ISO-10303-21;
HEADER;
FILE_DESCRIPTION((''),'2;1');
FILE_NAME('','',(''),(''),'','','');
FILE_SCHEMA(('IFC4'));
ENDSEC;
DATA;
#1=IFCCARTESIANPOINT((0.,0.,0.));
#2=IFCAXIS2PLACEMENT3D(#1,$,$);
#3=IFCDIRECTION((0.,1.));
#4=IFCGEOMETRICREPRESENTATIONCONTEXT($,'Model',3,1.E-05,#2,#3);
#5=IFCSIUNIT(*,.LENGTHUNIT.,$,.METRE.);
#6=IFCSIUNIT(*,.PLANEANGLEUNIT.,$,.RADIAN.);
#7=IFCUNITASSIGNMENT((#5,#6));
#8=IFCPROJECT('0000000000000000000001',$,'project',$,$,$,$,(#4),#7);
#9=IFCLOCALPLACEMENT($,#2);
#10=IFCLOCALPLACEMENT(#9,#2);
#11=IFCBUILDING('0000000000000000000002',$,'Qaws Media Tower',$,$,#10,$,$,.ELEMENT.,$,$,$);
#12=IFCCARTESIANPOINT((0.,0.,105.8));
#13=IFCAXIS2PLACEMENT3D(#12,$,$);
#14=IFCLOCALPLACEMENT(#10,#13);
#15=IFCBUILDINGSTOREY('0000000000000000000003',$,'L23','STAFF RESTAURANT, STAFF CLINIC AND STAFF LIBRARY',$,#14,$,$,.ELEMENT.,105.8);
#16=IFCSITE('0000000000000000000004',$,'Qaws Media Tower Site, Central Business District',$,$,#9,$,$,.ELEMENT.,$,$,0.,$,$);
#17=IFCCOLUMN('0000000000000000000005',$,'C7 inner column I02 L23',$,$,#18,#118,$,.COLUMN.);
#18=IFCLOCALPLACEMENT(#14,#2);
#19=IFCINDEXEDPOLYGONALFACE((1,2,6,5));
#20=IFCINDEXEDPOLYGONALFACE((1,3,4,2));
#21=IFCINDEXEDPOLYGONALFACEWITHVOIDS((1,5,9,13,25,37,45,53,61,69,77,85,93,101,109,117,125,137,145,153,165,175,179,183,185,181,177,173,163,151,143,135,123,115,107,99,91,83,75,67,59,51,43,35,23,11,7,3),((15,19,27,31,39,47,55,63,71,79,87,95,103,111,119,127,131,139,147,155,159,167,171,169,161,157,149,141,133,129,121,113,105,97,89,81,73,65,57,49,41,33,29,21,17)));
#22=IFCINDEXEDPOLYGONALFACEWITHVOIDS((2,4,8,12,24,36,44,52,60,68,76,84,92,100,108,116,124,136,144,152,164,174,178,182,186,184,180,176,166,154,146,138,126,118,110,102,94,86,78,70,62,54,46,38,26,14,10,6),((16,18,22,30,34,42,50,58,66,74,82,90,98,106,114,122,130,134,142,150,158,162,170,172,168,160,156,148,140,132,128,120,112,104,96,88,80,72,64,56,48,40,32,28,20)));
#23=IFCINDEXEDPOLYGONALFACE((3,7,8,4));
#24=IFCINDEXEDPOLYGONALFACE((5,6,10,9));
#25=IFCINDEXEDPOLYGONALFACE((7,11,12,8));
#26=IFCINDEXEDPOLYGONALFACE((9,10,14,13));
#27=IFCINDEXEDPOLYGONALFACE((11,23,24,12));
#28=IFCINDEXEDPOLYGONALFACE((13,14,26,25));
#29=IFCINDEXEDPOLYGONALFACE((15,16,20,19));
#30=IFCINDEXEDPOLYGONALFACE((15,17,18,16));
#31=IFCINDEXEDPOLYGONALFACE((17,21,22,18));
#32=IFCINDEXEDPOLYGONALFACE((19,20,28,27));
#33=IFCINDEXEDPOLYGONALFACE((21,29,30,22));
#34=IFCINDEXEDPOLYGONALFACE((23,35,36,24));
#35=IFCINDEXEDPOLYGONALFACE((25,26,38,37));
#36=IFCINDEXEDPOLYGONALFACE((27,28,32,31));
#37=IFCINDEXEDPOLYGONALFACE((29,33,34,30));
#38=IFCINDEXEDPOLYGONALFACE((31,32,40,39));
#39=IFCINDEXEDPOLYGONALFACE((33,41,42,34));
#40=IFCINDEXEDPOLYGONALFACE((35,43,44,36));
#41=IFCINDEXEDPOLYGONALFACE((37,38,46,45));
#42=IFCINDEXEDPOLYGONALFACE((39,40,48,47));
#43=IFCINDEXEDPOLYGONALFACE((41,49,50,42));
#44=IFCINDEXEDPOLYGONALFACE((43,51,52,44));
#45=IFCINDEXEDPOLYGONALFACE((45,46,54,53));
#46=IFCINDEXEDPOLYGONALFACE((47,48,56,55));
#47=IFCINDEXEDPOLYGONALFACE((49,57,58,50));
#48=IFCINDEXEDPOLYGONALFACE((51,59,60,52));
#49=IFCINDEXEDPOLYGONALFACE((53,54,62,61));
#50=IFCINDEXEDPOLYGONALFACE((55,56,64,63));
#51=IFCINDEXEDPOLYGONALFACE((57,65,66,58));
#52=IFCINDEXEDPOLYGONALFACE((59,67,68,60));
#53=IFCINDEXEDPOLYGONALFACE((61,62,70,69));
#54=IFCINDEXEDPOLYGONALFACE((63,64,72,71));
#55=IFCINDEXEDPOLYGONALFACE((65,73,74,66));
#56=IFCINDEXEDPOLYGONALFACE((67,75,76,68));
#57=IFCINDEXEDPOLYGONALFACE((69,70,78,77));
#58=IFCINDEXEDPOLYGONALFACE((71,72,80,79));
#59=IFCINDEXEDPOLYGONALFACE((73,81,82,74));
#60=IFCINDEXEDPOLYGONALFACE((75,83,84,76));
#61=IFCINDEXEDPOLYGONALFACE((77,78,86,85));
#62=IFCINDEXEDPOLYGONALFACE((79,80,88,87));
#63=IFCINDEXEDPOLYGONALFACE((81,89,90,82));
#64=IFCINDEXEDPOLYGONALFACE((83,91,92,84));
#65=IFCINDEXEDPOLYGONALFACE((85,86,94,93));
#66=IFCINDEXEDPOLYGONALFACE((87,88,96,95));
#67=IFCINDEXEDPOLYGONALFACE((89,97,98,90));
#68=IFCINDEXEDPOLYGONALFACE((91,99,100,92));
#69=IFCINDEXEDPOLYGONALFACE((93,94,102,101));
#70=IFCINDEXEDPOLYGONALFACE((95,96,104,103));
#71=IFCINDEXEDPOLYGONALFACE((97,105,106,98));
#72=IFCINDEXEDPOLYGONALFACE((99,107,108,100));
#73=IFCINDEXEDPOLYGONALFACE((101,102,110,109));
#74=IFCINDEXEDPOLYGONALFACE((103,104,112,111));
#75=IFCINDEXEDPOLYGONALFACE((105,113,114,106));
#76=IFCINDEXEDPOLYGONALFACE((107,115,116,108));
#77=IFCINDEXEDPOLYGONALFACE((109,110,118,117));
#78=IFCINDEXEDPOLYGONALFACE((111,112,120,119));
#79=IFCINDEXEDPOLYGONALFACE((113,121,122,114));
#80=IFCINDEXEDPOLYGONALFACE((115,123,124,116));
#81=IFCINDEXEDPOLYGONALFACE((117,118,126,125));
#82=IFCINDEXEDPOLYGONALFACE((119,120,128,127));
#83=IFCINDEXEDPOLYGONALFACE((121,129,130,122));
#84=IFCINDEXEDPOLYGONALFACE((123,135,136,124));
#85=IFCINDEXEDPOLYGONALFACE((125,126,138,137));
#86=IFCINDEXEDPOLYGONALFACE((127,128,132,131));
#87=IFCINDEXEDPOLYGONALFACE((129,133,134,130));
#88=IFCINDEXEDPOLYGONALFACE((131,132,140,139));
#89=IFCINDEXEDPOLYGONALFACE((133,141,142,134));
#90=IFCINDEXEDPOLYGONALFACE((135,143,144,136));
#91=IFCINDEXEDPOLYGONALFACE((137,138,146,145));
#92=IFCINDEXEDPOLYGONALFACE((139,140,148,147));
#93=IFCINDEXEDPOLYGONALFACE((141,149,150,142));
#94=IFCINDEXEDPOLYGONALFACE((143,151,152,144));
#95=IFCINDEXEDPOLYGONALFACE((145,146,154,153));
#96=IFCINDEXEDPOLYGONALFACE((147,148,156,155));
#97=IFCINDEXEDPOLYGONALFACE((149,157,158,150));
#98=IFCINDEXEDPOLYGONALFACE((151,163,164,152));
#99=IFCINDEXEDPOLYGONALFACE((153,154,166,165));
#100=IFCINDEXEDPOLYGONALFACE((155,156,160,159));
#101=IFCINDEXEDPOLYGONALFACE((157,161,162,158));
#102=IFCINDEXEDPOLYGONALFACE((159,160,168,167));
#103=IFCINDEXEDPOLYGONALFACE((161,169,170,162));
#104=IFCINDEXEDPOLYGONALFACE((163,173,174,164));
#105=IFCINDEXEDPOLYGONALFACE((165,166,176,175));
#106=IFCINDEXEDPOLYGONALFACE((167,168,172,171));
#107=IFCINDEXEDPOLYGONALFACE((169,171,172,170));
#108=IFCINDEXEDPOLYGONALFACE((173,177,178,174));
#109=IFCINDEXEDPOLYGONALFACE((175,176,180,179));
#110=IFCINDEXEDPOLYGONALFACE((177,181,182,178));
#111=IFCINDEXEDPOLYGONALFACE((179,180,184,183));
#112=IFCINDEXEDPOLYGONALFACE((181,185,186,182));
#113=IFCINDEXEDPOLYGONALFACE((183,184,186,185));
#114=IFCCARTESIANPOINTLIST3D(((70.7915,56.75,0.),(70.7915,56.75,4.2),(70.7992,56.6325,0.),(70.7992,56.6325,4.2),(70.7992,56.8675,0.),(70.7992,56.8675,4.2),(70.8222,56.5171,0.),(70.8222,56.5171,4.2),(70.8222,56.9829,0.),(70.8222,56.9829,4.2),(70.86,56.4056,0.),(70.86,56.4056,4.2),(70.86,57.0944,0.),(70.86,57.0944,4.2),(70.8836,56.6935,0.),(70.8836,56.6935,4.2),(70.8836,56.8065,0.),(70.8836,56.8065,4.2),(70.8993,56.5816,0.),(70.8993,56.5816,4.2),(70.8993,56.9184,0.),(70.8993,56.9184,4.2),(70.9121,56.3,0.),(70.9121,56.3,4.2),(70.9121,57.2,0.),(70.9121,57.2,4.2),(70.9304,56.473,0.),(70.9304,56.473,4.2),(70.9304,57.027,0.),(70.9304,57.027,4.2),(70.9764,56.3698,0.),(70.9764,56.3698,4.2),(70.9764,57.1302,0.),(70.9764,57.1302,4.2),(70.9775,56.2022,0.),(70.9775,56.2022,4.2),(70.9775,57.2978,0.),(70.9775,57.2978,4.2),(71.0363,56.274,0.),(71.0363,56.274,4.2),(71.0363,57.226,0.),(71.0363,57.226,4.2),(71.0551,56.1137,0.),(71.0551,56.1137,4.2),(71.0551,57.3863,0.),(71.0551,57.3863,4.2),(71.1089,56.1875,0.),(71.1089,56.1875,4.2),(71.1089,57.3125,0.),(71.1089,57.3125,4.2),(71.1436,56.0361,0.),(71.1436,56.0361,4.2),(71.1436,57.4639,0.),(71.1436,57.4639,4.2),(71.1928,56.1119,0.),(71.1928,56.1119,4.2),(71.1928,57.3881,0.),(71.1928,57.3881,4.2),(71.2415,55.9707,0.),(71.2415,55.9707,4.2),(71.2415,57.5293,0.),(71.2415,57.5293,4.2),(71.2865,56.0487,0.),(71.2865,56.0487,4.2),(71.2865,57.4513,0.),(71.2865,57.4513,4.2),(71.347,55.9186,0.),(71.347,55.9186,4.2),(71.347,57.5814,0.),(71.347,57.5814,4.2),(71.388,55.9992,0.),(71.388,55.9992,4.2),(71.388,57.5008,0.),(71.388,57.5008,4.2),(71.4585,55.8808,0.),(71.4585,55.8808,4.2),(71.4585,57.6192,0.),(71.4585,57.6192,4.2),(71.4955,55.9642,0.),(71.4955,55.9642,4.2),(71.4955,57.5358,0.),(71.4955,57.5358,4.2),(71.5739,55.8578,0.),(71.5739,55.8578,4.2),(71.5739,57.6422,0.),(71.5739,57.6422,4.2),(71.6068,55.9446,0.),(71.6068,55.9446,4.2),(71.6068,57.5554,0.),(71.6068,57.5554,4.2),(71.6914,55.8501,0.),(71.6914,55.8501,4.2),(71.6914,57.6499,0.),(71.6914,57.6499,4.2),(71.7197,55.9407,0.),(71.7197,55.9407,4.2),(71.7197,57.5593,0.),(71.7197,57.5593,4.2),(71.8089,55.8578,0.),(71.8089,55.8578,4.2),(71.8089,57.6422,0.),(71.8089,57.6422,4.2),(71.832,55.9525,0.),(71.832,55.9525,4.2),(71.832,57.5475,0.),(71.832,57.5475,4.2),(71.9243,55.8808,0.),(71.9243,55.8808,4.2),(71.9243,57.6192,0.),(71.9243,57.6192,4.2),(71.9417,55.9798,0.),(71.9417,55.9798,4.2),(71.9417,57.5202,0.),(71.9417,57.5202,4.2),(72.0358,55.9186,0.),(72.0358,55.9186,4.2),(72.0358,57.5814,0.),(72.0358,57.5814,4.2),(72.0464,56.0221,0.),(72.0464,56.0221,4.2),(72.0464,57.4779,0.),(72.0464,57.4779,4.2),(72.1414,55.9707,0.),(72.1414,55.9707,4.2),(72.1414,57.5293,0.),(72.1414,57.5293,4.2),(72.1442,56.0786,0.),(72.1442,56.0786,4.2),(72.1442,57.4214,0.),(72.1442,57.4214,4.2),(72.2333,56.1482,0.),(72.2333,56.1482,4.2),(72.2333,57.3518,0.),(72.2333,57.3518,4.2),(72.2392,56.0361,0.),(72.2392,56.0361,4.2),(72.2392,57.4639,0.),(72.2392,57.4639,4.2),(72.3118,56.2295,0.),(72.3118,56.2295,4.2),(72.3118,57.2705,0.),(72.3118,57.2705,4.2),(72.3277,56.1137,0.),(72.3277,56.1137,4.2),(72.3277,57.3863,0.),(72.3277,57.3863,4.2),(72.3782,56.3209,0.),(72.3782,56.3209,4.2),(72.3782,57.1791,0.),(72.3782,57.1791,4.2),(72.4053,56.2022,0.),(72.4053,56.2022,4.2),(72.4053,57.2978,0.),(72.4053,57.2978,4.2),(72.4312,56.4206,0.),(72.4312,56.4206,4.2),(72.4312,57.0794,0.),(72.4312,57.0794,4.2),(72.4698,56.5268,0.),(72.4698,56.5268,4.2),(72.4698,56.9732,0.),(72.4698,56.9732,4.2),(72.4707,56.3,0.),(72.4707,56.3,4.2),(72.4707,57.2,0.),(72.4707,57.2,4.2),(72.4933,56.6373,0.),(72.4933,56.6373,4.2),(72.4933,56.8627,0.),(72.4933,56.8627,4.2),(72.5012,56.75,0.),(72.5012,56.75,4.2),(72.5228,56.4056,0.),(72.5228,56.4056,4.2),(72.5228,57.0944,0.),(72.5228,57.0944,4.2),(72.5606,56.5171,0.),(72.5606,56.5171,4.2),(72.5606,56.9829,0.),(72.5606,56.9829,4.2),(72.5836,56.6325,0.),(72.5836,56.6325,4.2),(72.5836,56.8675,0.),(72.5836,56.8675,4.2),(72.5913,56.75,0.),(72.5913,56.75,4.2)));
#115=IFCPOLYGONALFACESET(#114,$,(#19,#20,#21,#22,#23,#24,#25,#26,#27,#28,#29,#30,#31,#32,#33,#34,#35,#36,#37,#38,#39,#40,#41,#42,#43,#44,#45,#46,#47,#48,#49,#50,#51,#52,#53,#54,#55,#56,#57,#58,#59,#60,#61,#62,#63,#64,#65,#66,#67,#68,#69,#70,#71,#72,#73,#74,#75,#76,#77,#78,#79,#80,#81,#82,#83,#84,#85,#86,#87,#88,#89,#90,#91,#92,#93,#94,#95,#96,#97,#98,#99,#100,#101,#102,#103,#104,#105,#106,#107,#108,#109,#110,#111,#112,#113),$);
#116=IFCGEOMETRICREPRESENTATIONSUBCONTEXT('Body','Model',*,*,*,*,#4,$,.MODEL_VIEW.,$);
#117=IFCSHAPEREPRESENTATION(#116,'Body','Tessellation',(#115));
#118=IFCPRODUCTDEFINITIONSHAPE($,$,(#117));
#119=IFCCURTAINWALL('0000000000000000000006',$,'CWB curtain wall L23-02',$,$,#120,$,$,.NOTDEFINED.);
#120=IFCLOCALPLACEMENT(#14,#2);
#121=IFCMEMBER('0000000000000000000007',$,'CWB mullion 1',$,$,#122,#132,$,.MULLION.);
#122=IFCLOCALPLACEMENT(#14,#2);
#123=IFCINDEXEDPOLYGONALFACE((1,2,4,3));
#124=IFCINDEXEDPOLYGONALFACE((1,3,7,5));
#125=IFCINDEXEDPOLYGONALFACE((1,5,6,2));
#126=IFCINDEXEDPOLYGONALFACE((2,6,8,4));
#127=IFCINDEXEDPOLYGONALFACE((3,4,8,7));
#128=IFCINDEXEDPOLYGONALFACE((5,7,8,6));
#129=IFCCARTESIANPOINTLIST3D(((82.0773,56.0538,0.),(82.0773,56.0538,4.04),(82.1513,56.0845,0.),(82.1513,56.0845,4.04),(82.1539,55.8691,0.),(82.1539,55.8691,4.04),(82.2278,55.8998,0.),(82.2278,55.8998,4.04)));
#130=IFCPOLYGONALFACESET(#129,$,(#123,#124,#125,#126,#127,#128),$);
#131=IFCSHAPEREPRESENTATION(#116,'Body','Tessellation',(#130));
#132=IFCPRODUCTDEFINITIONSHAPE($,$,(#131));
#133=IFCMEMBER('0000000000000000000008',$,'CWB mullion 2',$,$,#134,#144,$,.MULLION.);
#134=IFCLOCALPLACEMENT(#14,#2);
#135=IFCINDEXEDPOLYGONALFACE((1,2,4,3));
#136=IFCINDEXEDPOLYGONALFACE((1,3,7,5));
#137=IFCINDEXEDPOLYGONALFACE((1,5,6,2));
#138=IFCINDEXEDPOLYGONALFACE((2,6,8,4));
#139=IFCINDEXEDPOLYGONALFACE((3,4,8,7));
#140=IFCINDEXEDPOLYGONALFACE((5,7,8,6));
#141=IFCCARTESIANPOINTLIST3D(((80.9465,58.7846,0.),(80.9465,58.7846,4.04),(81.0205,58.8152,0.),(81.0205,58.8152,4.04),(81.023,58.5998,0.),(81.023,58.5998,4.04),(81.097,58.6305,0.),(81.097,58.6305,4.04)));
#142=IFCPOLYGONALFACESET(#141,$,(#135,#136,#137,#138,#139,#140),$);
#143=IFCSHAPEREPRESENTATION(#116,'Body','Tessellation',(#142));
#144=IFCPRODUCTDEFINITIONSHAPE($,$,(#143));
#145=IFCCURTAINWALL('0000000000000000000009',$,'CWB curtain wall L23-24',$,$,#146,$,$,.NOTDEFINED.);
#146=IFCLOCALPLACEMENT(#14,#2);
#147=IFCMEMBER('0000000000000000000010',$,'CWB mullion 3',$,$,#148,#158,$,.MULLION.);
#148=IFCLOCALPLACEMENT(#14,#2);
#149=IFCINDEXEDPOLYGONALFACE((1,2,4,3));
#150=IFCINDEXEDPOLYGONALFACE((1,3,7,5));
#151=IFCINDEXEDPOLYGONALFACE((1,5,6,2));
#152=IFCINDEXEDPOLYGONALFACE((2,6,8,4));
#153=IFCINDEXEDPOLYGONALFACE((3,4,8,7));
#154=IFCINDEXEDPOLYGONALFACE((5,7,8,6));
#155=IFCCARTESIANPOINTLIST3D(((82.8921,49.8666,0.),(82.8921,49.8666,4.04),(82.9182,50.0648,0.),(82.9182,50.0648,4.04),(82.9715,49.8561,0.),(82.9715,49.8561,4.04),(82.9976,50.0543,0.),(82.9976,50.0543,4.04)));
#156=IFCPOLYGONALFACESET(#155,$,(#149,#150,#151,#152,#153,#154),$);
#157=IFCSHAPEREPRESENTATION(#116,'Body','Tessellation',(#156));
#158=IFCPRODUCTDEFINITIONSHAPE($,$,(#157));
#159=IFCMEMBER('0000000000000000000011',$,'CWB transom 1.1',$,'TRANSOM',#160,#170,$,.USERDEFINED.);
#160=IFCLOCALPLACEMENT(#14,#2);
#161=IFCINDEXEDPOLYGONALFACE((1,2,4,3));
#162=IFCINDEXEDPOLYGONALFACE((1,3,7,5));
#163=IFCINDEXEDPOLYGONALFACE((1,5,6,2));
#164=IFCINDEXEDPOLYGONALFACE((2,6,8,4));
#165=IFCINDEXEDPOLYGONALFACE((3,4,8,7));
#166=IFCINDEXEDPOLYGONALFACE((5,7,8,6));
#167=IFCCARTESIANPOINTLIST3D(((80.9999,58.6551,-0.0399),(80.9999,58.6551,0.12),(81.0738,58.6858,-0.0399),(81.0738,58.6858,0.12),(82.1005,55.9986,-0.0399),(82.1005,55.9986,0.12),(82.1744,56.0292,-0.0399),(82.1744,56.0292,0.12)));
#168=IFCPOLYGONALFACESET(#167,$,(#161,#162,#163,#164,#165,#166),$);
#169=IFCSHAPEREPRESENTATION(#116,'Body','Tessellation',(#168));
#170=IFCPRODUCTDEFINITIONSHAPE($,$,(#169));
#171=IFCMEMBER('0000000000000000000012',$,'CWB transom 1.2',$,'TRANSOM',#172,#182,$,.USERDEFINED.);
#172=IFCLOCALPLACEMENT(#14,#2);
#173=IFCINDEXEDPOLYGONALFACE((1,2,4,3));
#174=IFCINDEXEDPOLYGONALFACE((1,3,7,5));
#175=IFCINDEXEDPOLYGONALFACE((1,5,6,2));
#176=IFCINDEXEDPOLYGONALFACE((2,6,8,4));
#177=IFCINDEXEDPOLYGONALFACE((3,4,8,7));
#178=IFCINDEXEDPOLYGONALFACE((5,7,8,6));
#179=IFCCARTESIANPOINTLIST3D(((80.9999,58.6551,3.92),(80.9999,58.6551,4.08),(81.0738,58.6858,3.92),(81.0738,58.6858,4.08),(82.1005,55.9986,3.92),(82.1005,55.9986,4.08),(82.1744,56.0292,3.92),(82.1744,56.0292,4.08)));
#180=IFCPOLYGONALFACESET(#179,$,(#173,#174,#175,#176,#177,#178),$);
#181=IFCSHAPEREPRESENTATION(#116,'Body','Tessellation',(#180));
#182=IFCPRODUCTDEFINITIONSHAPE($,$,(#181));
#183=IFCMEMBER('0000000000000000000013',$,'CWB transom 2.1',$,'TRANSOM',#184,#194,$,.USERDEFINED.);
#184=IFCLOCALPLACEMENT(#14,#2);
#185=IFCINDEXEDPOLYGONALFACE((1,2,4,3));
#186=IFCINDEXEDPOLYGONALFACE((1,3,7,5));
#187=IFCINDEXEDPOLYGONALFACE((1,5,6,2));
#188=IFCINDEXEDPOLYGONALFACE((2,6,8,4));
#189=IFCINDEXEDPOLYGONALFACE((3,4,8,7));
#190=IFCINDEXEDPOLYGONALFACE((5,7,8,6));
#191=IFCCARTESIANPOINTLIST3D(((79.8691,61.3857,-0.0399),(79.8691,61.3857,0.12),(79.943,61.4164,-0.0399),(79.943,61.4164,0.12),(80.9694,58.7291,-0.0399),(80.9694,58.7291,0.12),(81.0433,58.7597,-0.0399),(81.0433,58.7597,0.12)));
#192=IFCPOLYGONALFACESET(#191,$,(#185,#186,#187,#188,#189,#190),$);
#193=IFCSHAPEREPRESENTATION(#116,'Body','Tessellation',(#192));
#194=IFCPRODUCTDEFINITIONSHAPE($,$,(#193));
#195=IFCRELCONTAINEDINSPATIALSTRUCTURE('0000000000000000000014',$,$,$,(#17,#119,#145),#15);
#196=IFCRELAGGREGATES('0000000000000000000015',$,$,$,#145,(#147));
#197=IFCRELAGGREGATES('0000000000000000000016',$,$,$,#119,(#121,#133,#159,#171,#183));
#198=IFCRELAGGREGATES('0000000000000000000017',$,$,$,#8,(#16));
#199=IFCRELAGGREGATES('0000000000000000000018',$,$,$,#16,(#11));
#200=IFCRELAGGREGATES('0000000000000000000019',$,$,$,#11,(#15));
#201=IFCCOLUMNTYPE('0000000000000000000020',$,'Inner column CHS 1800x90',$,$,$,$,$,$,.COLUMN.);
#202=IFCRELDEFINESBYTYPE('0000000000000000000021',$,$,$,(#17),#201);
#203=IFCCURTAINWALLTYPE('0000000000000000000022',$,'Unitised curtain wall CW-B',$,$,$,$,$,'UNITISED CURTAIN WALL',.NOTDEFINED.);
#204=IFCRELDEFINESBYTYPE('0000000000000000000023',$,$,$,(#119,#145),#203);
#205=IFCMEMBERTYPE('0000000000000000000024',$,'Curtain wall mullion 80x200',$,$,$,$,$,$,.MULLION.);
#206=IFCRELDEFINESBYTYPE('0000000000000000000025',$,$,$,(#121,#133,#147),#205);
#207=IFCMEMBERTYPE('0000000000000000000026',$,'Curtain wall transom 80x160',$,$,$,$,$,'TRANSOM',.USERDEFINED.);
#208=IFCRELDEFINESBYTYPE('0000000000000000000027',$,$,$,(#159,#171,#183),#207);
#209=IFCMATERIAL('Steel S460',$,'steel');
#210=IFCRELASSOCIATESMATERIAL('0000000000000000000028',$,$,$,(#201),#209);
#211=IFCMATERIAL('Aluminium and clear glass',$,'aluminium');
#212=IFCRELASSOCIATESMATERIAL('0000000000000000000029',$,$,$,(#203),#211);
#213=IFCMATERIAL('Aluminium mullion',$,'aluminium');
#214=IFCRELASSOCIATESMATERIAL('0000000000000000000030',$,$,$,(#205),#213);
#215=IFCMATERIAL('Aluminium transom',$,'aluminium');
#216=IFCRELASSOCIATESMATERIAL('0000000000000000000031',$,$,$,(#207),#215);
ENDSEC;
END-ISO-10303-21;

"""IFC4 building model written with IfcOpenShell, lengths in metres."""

from ifc_helpers import new_model, si_unit, direction, frame, origin, origin_2d, place, context, subcontext, project, spatial, rectangle, hollow_circle, extrude, material, material_profile, profile_set, type_object, element, aggregate, save


model = new_model("IFC4")

# Units and contexts
model_context = context("Model", 3, precision=1e-05, world=origin(), true_north=direction((0.0, 1.0)))
body_context = subcontext(model_context, "Body", "Model", "MODEL_VIEW")
ifc_project = project(units=[si_unit("LENGTHUNIT", "METRE"), si_unit("PLANEANGLEUNIT", "RADIAN")], contexts=[model_context])

# Site, building, storey
site_placement = place(None, origin())
site = spatial("IfcSite", under=ifc_project, at=site_placement, Name="Qaws Media Tower Site, Central Business District", CompositionType="ELEMENT", RefElevation=0.0)
building_placement = place(site_placement, origin())
building = spatial("IfcBuilding", under=site, at=building_placement, Name="Qaws Media Tower", CompositionType="ELEMENT")
storey_placement = place(building_placement, frame((0.0, 0.0, 105.8)))
storey = spatial("IfcBuildingStorey", under=building, at=storey_placement, Name="L23", Description="STAFF RESTAURANT, STAFF CLINIC AND STAFF LIBRARY", CompositionType="ELEMENT", Elevation=105.8)

# Column
ifc_material_1 = material(Name="Steel S460", Category="steel")
ifc_material_profile_1 = material_profile(ifc_material_1, hollow_circle(Radius=0.8999, WallThickness=0.0901, at=origin_2d()), Name="CHS 1800x90")
ifc_profile_set_1 = profile_set([ifc_material_profile_1], Name="Steel S460")
column_type = type_object("IfcColumnType", Name="Inner column CHS 1800x90", PredefinedType="COLUMN", material=ifc_profile_set_1)
for number, where, z_axis, x_axis, name in (
    (1, (71.6914, 56.75, 0.0), (0.0, 0.0, 1.0), (1.0, 0.0, 0.0), "C7 inner column I02 L23"),
):
    element("IfcColumn", number, at=place(storey_placement, frame(where, z_axis=z_axis, x_axis=x_axis)), inside=storey, type_object=column_type, Name=name, PredefinedType="COLUMN", context=body_context, shape_type="SweptSolid", body=[
        extrude(hollow_circle(Radius=0.8999, WallThickness=0.0901, at=origin_2d()), origin(), (0.0, 0.0, 1.0), 4.2),
    ])

# Curtain wall, members
ifc_material_2 = material(Name="Aluminium and clear glass", Category="aluminium")
curtain_wall_type = type_object("IfcCurtainWallType", Name="Unitised curtain wall CW-B", ElementType="UNITISED CURTAIN WALL", PredefinedType="NOTDEFINED", material=ifc_material_2)
curtain_wall_1_placement = place(storey_placement, origin())
curtain_wall_1 = element("IfcCurtainWall", 2, at=curtain_wall_1_placement, inside=storey, type_object=curtain_wall_type, Name="CWB curtain wall L23-02", PredefinedType="NOTDEFINED")
ifc_material_3 = material(Name="Aluminium mullion", Category="aluminium")
ifc_material_profile_2 = material_profile(ifc_material_3, rectangle(XDim=0.0801, YDim=0.2, at=origin_2d()), Name="80x200")
ifc_profile_set_2 = profile_set([ifc_material_profile_2], Name="Aluminium mullion")
member_type_1 = type_object("IfcMemberType", Name="Curtain wall mullion 80x200", PredefinedType="MULLION", material=ifc_profile_set_2)
member_1_placement = place(storey_placement, frame((82.1526, 55.9768, 0.0), z_axis=(0.0, 0.0, 1.0), x_axis=(-0.92388, -0.382683, 0.0)))
member_1 = element("IfcMember", 3, at=member_1_placement, type_object=member_type_1, Name="CWB mullion 1", PredefinedType="MULLION", context=body_context, shape_type="SweptSolid", body=[
    extrude(rectangle(XDim=0.0801, YDim=0.2, at=origin_2d()), origin(), (0.0, 0.0, 1.0), 4.04),
])
member_2_placement = place(storey_placement, frame((81.0217, 58.7075, 0.0), z_axis=(0.0, 0.0, 1.0), x_axis=(-0.92388, -0.382683, 0.0)))
member_2 = element("IfcMember", 4, at=member_2_placement, type_object=member_type_1, Name="CWB mullion 2", PredefinedType="MULLION", context=body_context, shape_type="SweptSolid", body=[
    extrude(rectangle(XDim=0.0801, YDim=0.2, at=origin_2d()), origin(), (0.0, 0.0, 1.0), 4.04),
])

# Curtain wall, member
curtain_wall_2_placement = place(storey_placement, origin())
curtain_wall_2 = element("IfcCurtainWall", 5, at=curtain_wall_2_placement, inside=storey, type_object=curtain_wall_type, Name="CWB curtain wall L23-24", PredefinedType="NOTDEFINED")
member_3_placement = place(storey_placement, frame((82.9448, 49.9604, 0.0), z_axis=(0.0, 0.0, 1.0), x_axis=(-0.991445, 0.130526, 0.0)))
member_3 = element("IfcMember", 6, at=member_3_placement, type_object=member_type_1, Name="CWB mullion 3", PredefinedType="MULLION", context=body_context, shape_type="SweptSolid", body=[
    extrude(rectangle(XDim=0.0801, YDim=0.2, at=origin_2d()), origin(), (0.0, 0.0, 1.0), 4.04),
])
aggregate(curtain_wall_2, [member_3])

# Members
ifc_material_4 = material(Name="Aluminium transom", Category="aluminium")
ifc_material_profile_3 = material_profile(ifc_material_4, rectangle(XDim=0.0801, YDim=0.1599, at=origin_2d()), Name="80x160")
ifc_profile_set_3 = profile_set([ifc_material_profile_3], Name="Aluminium transom")
member_type_2 = type_object("IfcMemberType", Name="Curtain wall transom 80x160", ElementType="TRANSOM", PredefinedType="USERDEFINED", material=ifc_profile_set_3)
member_4_placement = place(storey_placement, frame((82.1375, 56.0139, 0.04), z_axis=(-0.382752, 0.923851, 0.0), x_axis=(-0.923851, -0.382752, 0.0)))
member_4 = element("IfcMember", 7, at=member_4_placement, type_object=member_type_2, Name="CWB transom 1.1", ObjectType="TRANSOM", PredefinedType="USERDEFINED", context=body_context, shape_type="SweptSolid", body=[
    extrude(rectangle(XDim=0.0801, YDim=0.1599, at=origin_2d()), origin(), (0.0, 0.0, 1.0), 2.8755),
])
member_5_placement = place(storey_placement, frame((82.1375, 56.0139, 4.0), z_axis=(-0.382752, 0.923851, 0.0), x_axis=(-0.923851, -0.382752, 0.0)))
member_5 = element("IfcMember", 8, at=member_5_placement, type_object=member_type_2, Name="CWB transom 1.2", ObjectType="TRANSOM", PredefinedType="USERDEFINED", context=body_context, shape_type="SweptSolid", body=[
    extrude(rectangle(XDim=0.0801, YDim=0.1599, at=origin_2d()), origin(), (0.0, 0.0, 1.0), 2.8755),
])
member_6_placement = place(storey_placement, frame((81.0063, 58.7444, 0.04), z_axis=(-0.382649, 0.923894, 0.0), x_axis=(-0.923894, -0.382649, 0.0)))
member_6 = element("IfcMember", 9, at=member_6_placement, type_object=member_type_2, Name="CWB transom 2.1", ObjectType="TRANSOM", PredefinedType="USERDEFINED", context=body_context, shape_type="SweptSolid", body=[
    extrude(rectangle(XDim=0.0801, YDim=0.1599, at=origin_2d()), origin(), (0.0, 0.0, 1.0), 2.8755),
])

aggregate(curtain_wall_1, [member_1, member_2, member_4, member_5, member_6])

save(model, "model.ifc")
